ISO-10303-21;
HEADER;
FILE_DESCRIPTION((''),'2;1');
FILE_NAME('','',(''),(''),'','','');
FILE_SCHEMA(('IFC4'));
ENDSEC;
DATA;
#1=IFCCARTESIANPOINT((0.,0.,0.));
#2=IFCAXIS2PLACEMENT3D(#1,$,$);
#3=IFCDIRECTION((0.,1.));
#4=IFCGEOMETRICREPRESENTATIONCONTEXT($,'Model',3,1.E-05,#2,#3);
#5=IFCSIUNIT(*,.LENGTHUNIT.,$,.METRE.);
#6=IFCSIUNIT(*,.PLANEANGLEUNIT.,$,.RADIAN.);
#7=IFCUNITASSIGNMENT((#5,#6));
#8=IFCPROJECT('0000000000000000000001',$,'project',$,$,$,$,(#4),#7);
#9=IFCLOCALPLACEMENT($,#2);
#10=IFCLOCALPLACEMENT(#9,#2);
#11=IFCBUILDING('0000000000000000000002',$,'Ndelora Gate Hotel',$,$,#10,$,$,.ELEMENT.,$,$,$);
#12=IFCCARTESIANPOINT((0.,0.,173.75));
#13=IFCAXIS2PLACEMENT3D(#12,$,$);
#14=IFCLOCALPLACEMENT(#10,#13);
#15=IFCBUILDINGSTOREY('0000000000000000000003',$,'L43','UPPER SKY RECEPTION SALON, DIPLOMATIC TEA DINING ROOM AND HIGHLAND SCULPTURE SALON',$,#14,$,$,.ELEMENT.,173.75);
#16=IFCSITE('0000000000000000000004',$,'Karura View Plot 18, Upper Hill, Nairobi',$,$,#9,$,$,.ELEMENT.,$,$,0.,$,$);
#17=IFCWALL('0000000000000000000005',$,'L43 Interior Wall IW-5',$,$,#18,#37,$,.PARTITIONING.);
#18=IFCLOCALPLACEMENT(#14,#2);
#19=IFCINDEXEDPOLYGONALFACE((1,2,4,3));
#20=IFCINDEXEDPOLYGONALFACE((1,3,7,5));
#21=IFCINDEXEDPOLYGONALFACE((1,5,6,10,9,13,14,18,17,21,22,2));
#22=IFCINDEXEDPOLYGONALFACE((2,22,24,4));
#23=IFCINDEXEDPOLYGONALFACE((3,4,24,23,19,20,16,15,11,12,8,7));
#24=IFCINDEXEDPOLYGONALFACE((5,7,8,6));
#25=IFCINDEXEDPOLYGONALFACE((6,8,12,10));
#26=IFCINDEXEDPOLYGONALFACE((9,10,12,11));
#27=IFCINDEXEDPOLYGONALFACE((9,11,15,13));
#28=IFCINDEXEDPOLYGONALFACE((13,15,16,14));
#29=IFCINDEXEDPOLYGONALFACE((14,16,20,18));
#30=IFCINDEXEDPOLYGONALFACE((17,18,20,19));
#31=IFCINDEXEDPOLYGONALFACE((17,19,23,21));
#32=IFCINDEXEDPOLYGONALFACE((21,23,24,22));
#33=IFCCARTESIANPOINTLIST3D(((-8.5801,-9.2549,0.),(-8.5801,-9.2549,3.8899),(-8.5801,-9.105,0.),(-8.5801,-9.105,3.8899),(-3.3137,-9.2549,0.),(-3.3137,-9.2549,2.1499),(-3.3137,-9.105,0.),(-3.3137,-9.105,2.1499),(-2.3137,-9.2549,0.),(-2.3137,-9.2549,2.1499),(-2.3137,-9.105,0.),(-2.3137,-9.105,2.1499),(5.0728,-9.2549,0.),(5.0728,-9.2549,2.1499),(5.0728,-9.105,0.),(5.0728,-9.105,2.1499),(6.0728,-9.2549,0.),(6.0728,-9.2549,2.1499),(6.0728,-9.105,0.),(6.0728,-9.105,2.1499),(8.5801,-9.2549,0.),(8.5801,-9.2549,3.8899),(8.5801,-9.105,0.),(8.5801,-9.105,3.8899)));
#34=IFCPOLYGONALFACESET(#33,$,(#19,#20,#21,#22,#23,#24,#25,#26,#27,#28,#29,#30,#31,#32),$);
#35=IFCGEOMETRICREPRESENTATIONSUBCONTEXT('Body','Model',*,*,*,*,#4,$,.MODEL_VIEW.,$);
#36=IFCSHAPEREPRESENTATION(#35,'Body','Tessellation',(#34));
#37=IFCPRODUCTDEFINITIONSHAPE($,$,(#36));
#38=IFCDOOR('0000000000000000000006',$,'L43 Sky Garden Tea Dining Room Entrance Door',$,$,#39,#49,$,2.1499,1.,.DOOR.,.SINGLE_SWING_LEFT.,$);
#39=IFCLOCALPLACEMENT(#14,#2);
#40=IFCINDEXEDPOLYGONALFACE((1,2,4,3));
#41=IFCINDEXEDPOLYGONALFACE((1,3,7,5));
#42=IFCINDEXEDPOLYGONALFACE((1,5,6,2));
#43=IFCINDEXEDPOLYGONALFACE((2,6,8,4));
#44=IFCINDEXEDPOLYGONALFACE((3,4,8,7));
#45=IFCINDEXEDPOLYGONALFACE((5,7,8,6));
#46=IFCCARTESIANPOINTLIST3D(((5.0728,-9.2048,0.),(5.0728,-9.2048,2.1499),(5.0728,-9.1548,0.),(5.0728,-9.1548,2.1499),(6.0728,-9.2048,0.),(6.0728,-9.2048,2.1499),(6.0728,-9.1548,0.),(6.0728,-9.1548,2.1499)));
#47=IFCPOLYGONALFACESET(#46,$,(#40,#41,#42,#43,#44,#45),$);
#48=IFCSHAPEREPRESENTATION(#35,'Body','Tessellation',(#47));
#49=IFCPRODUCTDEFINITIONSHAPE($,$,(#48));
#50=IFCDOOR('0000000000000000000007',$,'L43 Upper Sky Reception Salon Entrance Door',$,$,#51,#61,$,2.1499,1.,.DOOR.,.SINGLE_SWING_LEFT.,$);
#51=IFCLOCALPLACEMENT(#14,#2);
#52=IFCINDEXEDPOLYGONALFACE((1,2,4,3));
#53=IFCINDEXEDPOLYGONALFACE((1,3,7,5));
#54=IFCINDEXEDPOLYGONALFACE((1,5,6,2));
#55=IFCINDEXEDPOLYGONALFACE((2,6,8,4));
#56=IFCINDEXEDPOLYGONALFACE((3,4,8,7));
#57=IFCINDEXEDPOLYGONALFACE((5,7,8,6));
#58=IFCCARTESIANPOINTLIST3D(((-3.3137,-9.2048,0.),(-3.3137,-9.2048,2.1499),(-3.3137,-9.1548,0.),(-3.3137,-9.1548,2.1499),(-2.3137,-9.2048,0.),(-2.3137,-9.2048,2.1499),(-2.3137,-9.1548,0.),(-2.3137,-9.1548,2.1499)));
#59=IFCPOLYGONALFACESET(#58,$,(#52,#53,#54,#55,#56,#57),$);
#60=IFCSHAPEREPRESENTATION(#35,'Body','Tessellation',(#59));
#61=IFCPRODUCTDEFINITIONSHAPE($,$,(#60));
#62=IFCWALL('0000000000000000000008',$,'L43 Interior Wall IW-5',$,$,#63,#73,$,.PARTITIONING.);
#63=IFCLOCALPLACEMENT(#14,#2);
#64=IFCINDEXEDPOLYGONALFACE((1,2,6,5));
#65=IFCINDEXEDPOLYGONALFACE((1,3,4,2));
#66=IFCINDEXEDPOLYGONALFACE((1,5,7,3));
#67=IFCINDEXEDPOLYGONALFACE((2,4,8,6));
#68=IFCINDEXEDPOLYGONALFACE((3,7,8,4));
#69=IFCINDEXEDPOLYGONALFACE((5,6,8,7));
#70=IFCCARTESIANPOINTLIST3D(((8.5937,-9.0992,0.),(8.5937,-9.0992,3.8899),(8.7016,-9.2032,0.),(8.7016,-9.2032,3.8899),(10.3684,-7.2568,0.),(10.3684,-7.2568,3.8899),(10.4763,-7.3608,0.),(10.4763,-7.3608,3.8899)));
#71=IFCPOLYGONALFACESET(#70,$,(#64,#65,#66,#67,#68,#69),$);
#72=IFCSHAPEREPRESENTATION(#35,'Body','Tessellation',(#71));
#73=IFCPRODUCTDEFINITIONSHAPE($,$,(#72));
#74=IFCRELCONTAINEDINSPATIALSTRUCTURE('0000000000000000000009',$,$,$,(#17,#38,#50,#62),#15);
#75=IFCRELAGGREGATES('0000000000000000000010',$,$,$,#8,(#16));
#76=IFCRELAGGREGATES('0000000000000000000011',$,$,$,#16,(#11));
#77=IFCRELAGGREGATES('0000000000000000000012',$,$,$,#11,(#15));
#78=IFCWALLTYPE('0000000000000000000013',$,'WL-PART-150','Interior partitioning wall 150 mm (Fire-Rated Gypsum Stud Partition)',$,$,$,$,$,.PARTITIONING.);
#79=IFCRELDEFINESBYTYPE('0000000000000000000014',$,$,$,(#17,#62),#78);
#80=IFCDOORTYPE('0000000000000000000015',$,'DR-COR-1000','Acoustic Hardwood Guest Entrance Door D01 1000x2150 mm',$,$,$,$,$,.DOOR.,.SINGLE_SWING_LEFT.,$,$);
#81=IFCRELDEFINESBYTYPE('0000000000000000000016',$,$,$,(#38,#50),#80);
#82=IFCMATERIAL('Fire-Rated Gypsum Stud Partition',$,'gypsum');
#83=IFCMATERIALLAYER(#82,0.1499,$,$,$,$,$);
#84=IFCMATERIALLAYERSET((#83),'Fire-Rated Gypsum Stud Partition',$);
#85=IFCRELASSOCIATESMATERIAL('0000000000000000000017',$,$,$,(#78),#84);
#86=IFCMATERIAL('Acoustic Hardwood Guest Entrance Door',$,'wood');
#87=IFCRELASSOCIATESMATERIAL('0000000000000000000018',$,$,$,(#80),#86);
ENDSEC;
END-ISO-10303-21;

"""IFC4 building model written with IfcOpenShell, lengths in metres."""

from ifc_helpers import new_model, si_unit, direction, frame, frame_2d, origin, place, context, subcontext, project, spatial, rectangle, extrude, material, layer, layer_set, type_object, element, fill, save


model = new_model("IFC4")

# Units and contexts
model_context = context("Model", 3, precision=1e-05, world=origin(), true_north=direction((0.0, 1.0)))
body_context = subcontext(model_context, "Body", "Model", "MODEL_VIEW")
ifc_project = project(units=[si_unit("LENGTHUNIT", "METRE"), si_unit("PLANEANGLEUNIT", "RADIAN")], contexts=[model_context])

# Site, building, storey
site_placement = place(None, origin())
site = spatial("IfcSite", under=ifc_project, at=site_placement, Name="Karura View Plot 18, Upper Hill, Nairobi", CompositionType="ELEMENT", RefElevation=0.0)
building_placement = place(site_placement, origin())
building = spatial("IfcBuilding", under=site, at=building_placement, Name="Ndelora Gate Hotel", CompositionType="ELEMENT")
storey_placement = place(building_placement, frame((0.0, 0.0, 173.75)))
storey = spatial("IfcBuildingStorey", under=building, at=storey_placement, Name="L43", Description="UPPER SKY RECEPTION SALON, DIPLOMATIC TEA DINING ROOM AND HIGHLAND SCULPTURE SALON", CompositionType="ELEMENT", Elevation=173.75)

# Wall, openings, doors
ifc_material_1 = material(Name="Fire-Rated Gypsum Stud Partition", Category="gypsum")
ifc_layer_1 = layer(ifc_material_1, 0.1499)
ifc_layer_set_1 = layer_set([ifc_layer_1], Name="Fire-Rated Gypsum Stud Partition")
wall_type_1 = type_object("IfcWallType", Name="WL-PART-150", Description="Interior partitioning wall 150 mm (Fire-Rated Gypsum Stud Partition)", PredefinedType="PARTITIONING", material=ifc_layer_set_1)
wall_1_placement = place(storey_placement, frame((8.5801, -9.1799, 0.0), z_axis=(0.0, 0.0, 1.0), x_axis=(-1.0, 0.0, 0.0)))
wall_1 = element("IfcWall", 1, at=wall_1_placement, inside=storey, type_object=wall_type_1, Name="L43 Interior Wall IW-5", PredefinedType="PARTITIONING", context=body_context, shape_type="SweptSolid", body=[
    extrude(rectangle(XDim=17.1602, YDim=0.1499, at=frame_2d((8.5801, 0.0))), origin(), (0.0, 0.0, 1.0), 3.8899),
])
opening_1_placement = place(wall_1_placement, frame((2.5073, 0.0, 0.0)))
opening_1 = element("IfcOpeningElement", 2, at=opening_1_placement, cuts=wall_1, PredefinedType="OPENING", context=body_context, shape_type="SweptSolid", body=[
    extrude(rectangle(XDim=1.0, YDim=2.1499, at=frame_2d((0.5, 1.075))), frame((0.0, 0.085, 0.0), z_axis=(0.0, -1.0, 0.0), x_axis=(1.0, 0.0, 0.0)), (0.0, 0.0, 1.0), 0.1699),
])
opening_2_placement = place(wall_1_placement, frame((10.8938, 0.0, 0.0)))
opening_2 = element("IfcOpeningElement", 3, at=opening_2_placement, cuts=wall_1, PredefinedType="OPENING", context=body_context, shape_type="SweptSolid", body=[
    extrude(rectangle(XDim=1.0, YDim=2.1499, at=frame_2d((0.5, 1.075))), frame((0.0, 0.085, 0.0), z_axis=(0.0, -1.0, 0.0), x_axis=(1.0, 0.0, 0.0)), (0.0, 0.0, 1.0), 0.1699),
])
ifc_material_2 = material(Name="Acoustic Hardwood Guest Entrance Door", Category="wood")
door_type = type_object("IfcDoorType", Name="DR-COR-1000", Description="Acoustic Hardwood Guest Entrance Door D01 1000x2150 mm", OperationType="SINGLE_SWING_LEFT", PredefinedType="DOOR", material=ifc_material_2)
door_1_placement = place(opening_1_placement, origin())
door_1 = element("IfcDoor", 4, at=door_1_placement, inside=storey, type_object=door_type, Name="L43 Sky Garden Tea Dining Room Entrance Door", OperationType="SINGLE_SWING_LEFT", OverallHeight=2.1499, OverallWidth=1.0, PredefinedType="DOOR", context=body_context, shape_type="SweptSolid", body=[
    extrude(rectangle(XDim=1.0, YDim=2.1499, at=frame_2d((0.5, 1.075))), frame((0.0, 0.0249, 0.0), z_axis=(0.0, -1.0, 0.0), x_axis=(1.0, 0.0, 0.0)), (0.0, 0.0, 1.0), 0.05),
])
fill(opening_1, door_1)
door_2_placement = place(opening_2_placement, origin())
door_2 = element("IfcDoor", 5, at=door_2_placement, inside=storey, type_object=door_type, Name="L43 Upper Sky Reception Salon Entrance Door", OperationType="SINGLE_SWING_LEFT", OverallHeight=2.1499, OverallWidth=1.0, PredefinedType="DOOR", context=body_context, shape_type="SweptSolid", body=[
    extrude(rectangle(XDim=1.0, YDim=2.1499, at=frame_2d((0.5, 1.075))), frame((0.0, 0.0249, 0.0), z_axis=(0.0, -1.0, 0.0), x_axis=(1.0, 0.0, 0.0)), (0.0, 0.0, 1.0), 0.05),
])
fill(opening_2, door_2)

# Wall
wall_2_placement = place(storey_placement, frame((10.4224, -7.3088, 0.0), z_axis=(0.0, 0.0, 1.0), x_axis=(-0.693765, -0.720202, 0.0)))
element("IfcWall", 6, at=wall_2_placement, inside=storey, type_object=wall_type_1, Name="L43 Interior Wall IW-5", PredefinedType="PARTITIONING", context=body_context, shape_type="SweptSolid", body=[
    extrude(rectangle(XDim=2.5581, YDim=0.1499, at=frame_2d((1.2791, 0.0))), origin(), (0.0, 0.0, 1.0), 3.8899),
])

save(model, "model.ifc")
